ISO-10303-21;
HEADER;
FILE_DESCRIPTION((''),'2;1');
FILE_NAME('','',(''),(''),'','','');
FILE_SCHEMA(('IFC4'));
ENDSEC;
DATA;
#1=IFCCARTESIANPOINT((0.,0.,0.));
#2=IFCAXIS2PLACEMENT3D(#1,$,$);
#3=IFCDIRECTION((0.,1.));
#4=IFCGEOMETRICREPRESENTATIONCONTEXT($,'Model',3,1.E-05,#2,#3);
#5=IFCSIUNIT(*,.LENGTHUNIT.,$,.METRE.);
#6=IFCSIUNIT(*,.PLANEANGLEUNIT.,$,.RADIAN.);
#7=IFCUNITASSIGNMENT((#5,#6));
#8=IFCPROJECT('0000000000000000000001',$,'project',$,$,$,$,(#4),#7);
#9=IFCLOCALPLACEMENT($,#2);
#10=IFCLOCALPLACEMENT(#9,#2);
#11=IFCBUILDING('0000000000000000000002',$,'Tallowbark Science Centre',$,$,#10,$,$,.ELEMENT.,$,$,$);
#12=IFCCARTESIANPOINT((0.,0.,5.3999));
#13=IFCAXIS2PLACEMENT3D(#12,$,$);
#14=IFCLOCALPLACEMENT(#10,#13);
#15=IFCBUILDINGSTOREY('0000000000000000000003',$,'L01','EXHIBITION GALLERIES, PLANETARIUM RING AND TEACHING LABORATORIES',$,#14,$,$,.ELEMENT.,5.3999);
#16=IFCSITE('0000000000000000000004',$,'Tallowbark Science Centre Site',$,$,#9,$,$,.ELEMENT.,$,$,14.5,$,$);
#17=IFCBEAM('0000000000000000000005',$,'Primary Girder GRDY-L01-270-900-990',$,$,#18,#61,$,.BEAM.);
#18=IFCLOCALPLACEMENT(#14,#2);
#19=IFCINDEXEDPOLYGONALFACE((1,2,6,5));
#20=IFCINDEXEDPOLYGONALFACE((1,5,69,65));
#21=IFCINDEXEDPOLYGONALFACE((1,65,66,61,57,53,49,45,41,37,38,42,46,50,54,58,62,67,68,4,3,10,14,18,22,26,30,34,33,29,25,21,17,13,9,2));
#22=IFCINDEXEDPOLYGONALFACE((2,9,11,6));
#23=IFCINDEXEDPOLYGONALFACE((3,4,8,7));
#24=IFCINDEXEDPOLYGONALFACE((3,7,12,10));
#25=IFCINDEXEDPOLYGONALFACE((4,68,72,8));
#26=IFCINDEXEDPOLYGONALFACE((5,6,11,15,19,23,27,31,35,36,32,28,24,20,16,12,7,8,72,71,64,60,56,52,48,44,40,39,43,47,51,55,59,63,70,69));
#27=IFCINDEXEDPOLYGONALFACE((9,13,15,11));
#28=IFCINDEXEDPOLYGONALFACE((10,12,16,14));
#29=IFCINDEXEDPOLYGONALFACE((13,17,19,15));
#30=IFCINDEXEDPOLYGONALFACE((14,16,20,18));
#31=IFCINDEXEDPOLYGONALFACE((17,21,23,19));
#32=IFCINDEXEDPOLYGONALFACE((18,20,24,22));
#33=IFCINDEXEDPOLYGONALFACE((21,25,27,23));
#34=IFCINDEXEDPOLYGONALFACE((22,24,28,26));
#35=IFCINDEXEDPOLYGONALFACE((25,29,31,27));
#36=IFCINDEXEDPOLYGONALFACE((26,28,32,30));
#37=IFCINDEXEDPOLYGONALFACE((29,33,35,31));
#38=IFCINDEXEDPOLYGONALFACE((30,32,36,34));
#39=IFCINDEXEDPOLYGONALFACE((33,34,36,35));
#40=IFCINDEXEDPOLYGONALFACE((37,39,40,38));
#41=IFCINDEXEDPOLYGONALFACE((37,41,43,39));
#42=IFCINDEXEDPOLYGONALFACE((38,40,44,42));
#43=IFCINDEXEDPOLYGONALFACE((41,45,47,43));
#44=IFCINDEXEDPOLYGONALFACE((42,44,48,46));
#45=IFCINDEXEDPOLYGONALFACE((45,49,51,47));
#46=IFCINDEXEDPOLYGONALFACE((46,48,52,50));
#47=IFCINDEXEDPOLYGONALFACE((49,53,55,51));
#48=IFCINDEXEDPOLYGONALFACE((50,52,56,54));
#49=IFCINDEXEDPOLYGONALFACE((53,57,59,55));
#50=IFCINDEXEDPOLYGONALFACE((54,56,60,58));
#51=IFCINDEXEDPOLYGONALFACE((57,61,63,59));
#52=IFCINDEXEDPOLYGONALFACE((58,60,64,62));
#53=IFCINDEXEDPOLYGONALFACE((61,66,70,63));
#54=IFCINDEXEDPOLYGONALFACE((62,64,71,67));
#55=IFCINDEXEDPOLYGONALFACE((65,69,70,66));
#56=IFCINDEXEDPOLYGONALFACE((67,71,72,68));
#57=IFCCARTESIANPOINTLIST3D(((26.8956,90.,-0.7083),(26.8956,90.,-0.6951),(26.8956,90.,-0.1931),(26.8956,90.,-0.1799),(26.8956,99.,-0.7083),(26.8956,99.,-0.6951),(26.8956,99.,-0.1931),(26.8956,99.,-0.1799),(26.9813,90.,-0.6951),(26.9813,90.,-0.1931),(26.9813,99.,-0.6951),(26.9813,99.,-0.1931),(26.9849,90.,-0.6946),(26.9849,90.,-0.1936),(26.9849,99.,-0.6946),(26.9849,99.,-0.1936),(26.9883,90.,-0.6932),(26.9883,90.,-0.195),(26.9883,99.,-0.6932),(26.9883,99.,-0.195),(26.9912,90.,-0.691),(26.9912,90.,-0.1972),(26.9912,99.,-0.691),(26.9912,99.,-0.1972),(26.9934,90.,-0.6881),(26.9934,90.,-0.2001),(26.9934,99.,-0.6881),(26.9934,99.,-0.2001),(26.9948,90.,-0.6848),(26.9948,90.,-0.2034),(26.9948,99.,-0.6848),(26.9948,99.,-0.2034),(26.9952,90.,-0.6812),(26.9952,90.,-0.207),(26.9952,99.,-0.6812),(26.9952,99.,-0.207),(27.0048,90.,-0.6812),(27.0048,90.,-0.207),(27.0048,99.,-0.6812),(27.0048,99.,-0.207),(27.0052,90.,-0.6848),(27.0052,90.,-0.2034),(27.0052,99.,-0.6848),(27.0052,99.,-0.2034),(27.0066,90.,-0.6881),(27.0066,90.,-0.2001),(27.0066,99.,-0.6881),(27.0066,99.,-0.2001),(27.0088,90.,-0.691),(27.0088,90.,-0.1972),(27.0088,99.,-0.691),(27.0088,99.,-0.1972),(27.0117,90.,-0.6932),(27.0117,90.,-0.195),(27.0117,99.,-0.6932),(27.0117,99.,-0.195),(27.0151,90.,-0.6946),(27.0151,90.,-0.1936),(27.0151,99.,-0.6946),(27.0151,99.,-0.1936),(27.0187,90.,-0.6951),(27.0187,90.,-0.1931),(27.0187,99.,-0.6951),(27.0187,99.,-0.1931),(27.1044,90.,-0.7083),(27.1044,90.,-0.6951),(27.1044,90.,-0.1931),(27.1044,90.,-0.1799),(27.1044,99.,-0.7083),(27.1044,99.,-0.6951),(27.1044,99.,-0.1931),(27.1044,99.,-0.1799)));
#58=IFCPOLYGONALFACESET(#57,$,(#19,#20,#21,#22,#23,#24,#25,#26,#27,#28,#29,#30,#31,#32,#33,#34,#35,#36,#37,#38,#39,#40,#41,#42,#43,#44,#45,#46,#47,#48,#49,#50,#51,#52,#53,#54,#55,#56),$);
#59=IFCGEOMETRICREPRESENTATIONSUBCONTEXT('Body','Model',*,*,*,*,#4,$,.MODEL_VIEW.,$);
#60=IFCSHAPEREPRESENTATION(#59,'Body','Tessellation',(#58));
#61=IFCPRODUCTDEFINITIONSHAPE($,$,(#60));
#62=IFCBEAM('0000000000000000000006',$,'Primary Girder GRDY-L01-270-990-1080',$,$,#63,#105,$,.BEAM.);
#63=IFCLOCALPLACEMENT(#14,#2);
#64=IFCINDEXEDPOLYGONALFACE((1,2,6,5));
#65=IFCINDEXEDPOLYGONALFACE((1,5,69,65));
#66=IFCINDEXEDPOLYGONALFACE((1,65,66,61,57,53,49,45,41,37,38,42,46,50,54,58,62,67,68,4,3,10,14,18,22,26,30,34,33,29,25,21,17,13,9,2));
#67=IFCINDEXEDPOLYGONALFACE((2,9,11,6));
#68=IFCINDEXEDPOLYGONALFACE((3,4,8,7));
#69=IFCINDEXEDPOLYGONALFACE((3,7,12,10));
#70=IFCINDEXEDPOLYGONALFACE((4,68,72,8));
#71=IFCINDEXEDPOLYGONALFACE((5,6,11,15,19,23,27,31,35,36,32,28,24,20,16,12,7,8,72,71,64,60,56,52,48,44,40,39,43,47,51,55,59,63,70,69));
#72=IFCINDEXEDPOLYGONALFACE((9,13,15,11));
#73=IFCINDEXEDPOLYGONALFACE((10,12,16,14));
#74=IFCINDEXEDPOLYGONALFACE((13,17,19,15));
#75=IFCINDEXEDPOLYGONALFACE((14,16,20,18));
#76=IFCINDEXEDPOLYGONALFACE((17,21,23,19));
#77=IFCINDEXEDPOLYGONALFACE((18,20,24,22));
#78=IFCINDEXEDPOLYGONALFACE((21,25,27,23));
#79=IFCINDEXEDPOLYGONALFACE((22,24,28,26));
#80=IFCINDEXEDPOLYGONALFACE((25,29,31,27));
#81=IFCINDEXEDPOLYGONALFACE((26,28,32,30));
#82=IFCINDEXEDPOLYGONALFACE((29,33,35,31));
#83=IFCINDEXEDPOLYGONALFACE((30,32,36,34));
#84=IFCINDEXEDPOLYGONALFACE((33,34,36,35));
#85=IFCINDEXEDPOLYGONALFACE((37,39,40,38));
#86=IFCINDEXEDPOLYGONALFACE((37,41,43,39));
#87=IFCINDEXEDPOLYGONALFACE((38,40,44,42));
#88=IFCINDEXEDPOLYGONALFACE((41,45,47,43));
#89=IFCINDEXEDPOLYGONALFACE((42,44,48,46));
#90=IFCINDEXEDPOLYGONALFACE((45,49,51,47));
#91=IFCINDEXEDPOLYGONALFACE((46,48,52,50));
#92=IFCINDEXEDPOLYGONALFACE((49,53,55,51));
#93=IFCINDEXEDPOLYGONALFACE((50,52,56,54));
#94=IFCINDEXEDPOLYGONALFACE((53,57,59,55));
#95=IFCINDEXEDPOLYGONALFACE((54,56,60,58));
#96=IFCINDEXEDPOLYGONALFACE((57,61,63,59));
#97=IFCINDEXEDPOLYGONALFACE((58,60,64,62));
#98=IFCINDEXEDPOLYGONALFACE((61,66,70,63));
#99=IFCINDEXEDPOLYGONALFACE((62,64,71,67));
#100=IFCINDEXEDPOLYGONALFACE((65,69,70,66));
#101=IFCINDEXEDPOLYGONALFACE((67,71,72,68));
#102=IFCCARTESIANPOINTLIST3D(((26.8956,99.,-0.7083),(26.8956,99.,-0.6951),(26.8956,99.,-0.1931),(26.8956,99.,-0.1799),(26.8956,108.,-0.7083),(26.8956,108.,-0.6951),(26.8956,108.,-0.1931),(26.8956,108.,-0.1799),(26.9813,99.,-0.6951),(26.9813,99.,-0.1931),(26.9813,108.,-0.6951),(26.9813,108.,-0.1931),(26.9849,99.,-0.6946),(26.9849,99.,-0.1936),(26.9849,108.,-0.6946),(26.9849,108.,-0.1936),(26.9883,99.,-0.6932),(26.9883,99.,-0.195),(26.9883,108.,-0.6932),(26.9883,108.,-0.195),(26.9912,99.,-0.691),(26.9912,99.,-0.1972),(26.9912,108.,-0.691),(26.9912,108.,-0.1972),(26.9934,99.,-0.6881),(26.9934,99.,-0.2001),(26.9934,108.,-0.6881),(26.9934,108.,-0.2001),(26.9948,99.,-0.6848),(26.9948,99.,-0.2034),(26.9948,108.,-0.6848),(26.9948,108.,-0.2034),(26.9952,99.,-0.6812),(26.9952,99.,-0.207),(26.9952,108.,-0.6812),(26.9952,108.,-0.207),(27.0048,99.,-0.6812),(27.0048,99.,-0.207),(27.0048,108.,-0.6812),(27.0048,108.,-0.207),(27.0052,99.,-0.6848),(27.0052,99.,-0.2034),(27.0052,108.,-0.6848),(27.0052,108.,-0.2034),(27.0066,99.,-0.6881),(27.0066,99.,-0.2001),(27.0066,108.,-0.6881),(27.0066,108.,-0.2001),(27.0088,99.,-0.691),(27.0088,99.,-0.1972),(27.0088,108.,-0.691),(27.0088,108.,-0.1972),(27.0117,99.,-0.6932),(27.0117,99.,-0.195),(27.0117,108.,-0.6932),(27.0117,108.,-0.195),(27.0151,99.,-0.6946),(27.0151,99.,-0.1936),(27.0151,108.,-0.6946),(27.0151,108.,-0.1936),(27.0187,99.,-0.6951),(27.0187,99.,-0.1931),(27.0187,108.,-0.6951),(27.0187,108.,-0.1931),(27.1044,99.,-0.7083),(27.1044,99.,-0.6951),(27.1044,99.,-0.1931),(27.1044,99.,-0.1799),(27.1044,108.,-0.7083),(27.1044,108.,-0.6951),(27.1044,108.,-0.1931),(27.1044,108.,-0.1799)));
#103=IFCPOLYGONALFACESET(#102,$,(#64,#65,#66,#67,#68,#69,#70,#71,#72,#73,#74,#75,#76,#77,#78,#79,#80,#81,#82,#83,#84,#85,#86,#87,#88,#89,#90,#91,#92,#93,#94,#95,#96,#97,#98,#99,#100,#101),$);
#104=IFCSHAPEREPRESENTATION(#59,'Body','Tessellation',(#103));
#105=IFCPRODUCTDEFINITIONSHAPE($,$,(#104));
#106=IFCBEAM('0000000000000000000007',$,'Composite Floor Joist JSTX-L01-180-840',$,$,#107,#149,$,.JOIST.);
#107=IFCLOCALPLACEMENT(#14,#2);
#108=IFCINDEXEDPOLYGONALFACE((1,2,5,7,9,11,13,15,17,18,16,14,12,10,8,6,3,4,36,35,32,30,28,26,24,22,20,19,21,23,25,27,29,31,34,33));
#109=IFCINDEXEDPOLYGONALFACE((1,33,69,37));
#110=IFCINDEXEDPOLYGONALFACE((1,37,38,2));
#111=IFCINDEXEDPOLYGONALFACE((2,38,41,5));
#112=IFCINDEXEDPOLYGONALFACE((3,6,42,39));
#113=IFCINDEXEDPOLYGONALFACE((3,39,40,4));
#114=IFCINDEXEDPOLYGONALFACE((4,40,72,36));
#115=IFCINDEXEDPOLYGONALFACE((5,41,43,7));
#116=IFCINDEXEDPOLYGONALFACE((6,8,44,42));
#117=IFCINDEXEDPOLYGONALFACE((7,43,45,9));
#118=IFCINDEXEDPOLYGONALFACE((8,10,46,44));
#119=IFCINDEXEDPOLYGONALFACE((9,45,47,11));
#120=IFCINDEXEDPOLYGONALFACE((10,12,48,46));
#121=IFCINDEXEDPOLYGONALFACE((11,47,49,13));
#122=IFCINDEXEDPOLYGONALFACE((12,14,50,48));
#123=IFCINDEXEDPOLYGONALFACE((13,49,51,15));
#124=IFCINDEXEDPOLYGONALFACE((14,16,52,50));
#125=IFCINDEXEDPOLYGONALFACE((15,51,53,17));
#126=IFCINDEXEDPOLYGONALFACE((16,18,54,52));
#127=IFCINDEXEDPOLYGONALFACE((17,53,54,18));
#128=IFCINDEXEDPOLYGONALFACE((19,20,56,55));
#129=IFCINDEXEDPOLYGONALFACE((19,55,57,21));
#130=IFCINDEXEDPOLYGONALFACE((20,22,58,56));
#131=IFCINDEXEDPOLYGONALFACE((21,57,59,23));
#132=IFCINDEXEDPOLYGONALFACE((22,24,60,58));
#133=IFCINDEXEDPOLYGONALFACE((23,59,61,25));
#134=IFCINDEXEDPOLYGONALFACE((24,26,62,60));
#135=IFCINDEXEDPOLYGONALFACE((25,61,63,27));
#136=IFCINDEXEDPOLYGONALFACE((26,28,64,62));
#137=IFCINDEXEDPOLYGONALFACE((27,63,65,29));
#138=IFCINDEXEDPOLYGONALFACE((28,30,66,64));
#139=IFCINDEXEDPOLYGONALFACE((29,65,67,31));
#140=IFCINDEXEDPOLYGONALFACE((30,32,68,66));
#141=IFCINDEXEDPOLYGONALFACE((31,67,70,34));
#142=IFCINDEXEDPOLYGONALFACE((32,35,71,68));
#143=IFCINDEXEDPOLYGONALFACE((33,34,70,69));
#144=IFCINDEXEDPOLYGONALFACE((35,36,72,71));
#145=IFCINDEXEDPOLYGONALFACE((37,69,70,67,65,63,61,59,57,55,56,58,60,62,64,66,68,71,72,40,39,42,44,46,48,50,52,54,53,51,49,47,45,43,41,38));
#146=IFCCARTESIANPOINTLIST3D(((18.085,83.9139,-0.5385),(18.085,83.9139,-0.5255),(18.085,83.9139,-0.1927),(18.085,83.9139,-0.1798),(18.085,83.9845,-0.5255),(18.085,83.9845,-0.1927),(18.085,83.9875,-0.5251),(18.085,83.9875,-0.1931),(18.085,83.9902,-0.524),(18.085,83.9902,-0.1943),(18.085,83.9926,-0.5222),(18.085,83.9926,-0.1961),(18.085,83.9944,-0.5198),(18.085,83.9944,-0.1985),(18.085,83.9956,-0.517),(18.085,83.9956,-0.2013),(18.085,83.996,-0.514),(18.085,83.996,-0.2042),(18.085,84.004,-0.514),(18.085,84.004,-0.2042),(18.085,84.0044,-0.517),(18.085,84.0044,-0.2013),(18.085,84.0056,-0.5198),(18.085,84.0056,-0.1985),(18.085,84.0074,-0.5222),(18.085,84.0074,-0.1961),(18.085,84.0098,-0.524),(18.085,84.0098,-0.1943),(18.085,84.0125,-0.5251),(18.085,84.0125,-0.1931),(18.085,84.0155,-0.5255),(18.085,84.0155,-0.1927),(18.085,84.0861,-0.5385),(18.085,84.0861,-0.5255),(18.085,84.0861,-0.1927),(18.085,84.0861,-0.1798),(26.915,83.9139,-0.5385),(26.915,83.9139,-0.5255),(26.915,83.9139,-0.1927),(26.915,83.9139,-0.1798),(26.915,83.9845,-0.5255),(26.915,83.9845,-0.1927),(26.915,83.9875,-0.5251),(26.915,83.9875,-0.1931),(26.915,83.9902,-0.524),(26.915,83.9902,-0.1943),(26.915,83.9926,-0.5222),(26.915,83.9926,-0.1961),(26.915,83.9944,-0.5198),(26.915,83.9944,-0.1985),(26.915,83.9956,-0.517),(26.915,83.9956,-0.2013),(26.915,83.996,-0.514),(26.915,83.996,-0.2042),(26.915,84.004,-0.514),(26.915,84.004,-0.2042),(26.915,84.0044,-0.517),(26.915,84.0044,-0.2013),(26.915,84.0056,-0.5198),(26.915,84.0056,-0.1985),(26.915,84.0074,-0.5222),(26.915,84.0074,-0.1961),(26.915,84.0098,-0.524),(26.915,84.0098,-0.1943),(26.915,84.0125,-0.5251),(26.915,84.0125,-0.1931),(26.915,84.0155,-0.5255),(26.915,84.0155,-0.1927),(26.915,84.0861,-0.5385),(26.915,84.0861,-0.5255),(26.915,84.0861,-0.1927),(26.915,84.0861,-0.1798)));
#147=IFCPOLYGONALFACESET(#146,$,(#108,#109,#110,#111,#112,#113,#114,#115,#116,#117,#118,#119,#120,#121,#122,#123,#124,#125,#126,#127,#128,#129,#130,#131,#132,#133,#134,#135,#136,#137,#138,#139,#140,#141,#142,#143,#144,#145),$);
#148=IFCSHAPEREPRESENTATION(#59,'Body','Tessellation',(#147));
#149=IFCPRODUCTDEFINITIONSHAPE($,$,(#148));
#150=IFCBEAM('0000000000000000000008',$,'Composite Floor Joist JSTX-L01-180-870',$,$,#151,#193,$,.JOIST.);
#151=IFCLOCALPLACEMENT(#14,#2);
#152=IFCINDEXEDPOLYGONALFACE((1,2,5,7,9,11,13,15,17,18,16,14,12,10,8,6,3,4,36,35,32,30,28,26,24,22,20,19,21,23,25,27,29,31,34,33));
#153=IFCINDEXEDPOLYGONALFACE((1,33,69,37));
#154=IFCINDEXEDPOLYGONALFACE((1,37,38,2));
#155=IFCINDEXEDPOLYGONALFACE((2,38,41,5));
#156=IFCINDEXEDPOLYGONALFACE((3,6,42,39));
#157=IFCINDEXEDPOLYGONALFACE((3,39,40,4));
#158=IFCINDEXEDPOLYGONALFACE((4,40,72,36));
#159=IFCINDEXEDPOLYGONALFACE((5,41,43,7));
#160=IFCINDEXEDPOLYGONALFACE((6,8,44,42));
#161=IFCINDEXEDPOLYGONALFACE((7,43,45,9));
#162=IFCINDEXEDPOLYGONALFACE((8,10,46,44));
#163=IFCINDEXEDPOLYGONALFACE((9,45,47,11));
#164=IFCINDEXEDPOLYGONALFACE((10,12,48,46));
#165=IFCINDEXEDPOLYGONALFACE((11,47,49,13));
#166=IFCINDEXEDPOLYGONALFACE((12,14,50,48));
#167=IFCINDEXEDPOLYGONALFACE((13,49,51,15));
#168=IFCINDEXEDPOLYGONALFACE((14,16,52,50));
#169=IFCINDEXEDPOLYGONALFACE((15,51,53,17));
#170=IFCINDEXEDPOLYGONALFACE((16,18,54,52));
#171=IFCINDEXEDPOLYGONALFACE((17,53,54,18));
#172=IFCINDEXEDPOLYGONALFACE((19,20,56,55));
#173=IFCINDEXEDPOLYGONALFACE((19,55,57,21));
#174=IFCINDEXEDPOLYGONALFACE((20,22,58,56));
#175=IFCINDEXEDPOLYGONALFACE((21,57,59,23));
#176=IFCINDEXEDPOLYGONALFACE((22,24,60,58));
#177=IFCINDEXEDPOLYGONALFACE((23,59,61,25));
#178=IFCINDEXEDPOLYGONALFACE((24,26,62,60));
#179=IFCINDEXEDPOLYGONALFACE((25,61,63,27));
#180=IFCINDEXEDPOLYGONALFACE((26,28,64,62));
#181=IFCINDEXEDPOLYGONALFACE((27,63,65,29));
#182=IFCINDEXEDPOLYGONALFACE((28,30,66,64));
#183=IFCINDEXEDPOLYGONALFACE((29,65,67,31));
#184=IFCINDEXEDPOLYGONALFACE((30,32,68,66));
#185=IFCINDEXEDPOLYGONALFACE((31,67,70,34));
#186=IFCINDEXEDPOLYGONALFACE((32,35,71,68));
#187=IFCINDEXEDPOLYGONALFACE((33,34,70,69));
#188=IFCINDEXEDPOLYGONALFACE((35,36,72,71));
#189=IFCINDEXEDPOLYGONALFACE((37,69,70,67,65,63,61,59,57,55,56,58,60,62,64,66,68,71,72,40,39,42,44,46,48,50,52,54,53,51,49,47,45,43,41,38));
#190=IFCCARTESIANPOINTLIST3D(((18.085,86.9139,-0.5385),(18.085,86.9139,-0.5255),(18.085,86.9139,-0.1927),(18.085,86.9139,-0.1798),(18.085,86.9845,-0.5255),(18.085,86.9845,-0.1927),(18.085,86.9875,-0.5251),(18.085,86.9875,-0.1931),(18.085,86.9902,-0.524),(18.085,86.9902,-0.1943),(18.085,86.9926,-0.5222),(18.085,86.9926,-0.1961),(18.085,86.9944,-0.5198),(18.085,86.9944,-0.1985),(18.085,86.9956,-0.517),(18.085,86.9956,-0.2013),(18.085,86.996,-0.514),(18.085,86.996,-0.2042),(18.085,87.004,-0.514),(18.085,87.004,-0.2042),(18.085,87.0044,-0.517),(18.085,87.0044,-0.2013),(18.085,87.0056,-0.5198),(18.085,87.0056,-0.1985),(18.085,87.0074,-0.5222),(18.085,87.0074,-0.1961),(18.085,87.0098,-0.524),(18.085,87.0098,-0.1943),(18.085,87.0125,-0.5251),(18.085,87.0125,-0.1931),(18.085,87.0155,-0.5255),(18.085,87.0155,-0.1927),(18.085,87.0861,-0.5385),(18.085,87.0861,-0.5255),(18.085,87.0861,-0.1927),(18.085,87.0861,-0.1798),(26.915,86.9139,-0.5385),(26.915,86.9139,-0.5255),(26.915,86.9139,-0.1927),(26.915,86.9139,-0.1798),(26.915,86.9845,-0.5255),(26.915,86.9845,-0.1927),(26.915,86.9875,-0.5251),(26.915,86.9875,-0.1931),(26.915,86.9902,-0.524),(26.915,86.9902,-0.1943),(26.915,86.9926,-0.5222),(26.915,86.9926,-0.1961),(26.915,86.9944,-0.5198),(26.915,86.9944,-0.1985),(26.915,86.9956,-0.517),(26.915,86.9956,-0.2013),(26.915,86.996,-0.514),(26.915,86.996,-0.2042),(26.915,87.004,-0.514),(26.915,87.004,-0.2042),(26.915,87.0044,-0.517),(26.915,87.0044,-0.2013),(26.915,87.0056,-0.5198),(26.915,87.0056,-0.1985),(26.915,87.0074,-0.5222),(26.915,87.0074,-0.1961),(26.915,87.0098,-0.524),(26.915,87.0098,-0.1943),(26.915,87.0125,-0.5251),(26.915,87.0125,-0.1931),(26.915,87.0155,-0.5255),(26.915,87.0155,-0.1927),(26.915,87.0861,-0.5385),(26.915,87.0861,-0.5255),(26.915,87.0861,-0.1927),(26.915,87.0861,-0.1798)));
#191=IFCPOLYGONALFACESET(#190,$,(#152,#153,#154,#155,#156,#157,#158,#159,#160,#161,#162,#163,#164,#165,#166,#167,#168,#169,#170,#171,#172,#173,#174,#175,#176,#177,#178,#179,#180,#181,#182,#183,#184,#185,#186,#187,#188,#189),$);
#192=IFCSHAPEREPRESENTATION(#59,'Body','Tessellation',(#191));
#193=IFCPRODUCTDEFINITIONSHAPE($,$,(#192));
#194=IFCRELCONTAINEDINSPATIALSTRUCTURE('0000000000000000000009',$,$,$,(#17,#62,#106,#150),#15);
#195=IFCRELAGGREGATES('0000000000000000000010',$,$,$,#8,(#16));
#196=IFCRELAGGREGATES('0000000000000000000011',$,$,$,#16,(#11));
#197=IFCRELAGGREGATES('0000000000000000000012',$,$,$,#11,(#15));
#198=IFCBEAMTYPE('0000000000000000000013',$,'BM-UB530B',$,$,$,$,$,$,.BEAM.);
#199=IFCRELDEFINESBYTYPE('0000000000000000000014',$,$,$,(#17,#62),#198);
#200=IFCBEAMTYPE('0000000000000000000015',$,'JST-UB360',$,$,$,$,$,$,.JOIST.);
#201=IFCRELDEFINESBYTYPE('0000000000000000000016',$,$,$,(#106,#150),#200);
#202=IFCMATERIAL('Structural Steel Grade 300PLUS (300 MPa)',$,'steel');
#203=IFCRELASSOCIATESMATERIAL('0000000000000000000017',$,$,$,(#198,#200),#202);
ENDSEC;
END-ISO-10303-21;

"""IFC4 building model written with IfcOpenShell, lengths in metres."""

from ifc_helpers import new_model, si_unit, direction, frame, origin, origin_2d, place, context, subcontext, project, spatial, i_section, extrude, material, material_profile, profile_set, type_object, element, save


model = new_model("IFC4")

# Units and contexts
model_context = context("Model", 3, precision=1e-05, world=origin(), true_north=direction((0.0, 1.0)))
body_context = subcontext(model_context, "Body", "Model", "MODEL_VIEW")
ifc_project = project(units=[si_unit("LENGTHUNIT", "METRE"), si_unit("PLANEANGLEUNIT", "RADIAN")], contexts=[model_context])

# Site, building, storey
site_placement = place(None, origin())
site = spatial("IfcSite", under=ifc_project, at=site_placement, Name="Tallowbark Science Centre Site", CompositionType="ELEMENT", RefElevation=14.5)
building_placement = place(site_placement, origin())
building = spatial("IfcBuilding", under=site, at=building_placement, Name="Tallowbark Science Centre", CompositionType="ELEMENT")
storey_placement = place(building_placement, frame((0.0, 0.0, 5.3999)))
storey = spatial("IfcBuildingStorey", under=building, at=storey_placement, Name="L01", Description="EXHIBITION GALLERIES, PLANETARIUM RING AND TEACHING LABORATORIES", CompositionType="ELEMENT", Elevation=5.3999)

# Shared definitions
ifc_material = material(Name="Structural Steel Grade 300PLUS (300 MPa)", Category="steel")

# Beams
ifc_material_profile_1 = material_profile(ifc_material, i_section(OverallWidth=0.2087, OverallDepth=0.5283, WebThickness=0.0095, FlangeThickness=0.0132, FilletRadius=0.0139, at=origin_2d()), Name="530UB82.0")
ifc_profile_set_1 = profile_set([ifc_material_profile_1], Name="Structural Steel Grade 300PLUS (300 MPa)")
beam_type_1 = type_object("IfcBeamType", Name="BM-UB530B", PredefinedType="BEAM", material=ifc_profile_set_1)
for number, where, z_axis, x_axis, name in (
    (1, (27.0, 90.0, -0.4441), (0.0, 1.0, 0.0), (-1.0, 0.0, 0.0), "Primary Girder GRDY-L01-270-900-990"),
    (2, (27.0, 99.0, -0.4441), (0.0, 1.0, 0.0), (-1.0, 0.0, 0.0), "Primary Girder GRDY-L01-270-990-1080"),
):
    element("IfcBeam", number, at=place(storey_placement, frame(where, z_axis=z_axis, x_axis=x_axis)), inside=storey, type_object=beam_type_1, Name=name, PredefinedType="BEAM", context=body_context, shape_type="SweptSolid", body=[
        extrude(i_section(OverallWidth=0.2087, OverallDepth=0.5283, WebThickness=0.0095, FlangeThickness=0.0132, FilletRadius=0.0139, at=origin_2d()), origin(), (0.0, 0.0, 1.0), 9.0),
    ])
ifc_material_profile_2 = material_profile(ifc_material, i_section(OverallWidth=0.1721, OverallDepth=0.3586, WebThickness=0.0081, FlangeThickness=0.0129, FilletRadius=0.0115, at=origin_2d()), Name="360UB56.7")
ifc_profile_set_2 = profile_set([ifc_material_profile_2], Name="Structural Steel Grade 300PLUS (300 MPa)")
beam_type_2 = type_object("IfcBeamType", Name="JST-UB360", PredefinedType="JOIST", material=ifc_profile_set_2)
for number, where, z_axis, x_axis, name in (
    (3, (18.085, 84.0, -0.3591), (1.0, 0.0, 0.0), (0.0, 1.0, 0.0), "Composite Floor Joist JSTX-L01-180-840"),
    (4, (18.085, 87.0, -0.3591), (1.0, 0.0, 0.0), (0.0, 1.0, 0.0), "Composite Floor Joist JSTX-L01-180-870"),
):
    element("IfcBeam", number, at=place(storey_placement, frame(where, z_axis=z_axis, x_axis=x_axis)), inside=storey, type_object=beam_type_2, Name=name, PredefinedType="JOIST", context=body_context, shape_type="SweptSolid", body=[
        extrude(i_section(OverallWidth=0.1721, OverallDepth=0.3586, WebThickness=0.0081, FlangeThickness=0.0129, FilletRadius=0.0115, at=origin_2d()), origin(), (0.0, 0.0, 1.0), 8.8301),
    ])

save(model, "model.ifc")
